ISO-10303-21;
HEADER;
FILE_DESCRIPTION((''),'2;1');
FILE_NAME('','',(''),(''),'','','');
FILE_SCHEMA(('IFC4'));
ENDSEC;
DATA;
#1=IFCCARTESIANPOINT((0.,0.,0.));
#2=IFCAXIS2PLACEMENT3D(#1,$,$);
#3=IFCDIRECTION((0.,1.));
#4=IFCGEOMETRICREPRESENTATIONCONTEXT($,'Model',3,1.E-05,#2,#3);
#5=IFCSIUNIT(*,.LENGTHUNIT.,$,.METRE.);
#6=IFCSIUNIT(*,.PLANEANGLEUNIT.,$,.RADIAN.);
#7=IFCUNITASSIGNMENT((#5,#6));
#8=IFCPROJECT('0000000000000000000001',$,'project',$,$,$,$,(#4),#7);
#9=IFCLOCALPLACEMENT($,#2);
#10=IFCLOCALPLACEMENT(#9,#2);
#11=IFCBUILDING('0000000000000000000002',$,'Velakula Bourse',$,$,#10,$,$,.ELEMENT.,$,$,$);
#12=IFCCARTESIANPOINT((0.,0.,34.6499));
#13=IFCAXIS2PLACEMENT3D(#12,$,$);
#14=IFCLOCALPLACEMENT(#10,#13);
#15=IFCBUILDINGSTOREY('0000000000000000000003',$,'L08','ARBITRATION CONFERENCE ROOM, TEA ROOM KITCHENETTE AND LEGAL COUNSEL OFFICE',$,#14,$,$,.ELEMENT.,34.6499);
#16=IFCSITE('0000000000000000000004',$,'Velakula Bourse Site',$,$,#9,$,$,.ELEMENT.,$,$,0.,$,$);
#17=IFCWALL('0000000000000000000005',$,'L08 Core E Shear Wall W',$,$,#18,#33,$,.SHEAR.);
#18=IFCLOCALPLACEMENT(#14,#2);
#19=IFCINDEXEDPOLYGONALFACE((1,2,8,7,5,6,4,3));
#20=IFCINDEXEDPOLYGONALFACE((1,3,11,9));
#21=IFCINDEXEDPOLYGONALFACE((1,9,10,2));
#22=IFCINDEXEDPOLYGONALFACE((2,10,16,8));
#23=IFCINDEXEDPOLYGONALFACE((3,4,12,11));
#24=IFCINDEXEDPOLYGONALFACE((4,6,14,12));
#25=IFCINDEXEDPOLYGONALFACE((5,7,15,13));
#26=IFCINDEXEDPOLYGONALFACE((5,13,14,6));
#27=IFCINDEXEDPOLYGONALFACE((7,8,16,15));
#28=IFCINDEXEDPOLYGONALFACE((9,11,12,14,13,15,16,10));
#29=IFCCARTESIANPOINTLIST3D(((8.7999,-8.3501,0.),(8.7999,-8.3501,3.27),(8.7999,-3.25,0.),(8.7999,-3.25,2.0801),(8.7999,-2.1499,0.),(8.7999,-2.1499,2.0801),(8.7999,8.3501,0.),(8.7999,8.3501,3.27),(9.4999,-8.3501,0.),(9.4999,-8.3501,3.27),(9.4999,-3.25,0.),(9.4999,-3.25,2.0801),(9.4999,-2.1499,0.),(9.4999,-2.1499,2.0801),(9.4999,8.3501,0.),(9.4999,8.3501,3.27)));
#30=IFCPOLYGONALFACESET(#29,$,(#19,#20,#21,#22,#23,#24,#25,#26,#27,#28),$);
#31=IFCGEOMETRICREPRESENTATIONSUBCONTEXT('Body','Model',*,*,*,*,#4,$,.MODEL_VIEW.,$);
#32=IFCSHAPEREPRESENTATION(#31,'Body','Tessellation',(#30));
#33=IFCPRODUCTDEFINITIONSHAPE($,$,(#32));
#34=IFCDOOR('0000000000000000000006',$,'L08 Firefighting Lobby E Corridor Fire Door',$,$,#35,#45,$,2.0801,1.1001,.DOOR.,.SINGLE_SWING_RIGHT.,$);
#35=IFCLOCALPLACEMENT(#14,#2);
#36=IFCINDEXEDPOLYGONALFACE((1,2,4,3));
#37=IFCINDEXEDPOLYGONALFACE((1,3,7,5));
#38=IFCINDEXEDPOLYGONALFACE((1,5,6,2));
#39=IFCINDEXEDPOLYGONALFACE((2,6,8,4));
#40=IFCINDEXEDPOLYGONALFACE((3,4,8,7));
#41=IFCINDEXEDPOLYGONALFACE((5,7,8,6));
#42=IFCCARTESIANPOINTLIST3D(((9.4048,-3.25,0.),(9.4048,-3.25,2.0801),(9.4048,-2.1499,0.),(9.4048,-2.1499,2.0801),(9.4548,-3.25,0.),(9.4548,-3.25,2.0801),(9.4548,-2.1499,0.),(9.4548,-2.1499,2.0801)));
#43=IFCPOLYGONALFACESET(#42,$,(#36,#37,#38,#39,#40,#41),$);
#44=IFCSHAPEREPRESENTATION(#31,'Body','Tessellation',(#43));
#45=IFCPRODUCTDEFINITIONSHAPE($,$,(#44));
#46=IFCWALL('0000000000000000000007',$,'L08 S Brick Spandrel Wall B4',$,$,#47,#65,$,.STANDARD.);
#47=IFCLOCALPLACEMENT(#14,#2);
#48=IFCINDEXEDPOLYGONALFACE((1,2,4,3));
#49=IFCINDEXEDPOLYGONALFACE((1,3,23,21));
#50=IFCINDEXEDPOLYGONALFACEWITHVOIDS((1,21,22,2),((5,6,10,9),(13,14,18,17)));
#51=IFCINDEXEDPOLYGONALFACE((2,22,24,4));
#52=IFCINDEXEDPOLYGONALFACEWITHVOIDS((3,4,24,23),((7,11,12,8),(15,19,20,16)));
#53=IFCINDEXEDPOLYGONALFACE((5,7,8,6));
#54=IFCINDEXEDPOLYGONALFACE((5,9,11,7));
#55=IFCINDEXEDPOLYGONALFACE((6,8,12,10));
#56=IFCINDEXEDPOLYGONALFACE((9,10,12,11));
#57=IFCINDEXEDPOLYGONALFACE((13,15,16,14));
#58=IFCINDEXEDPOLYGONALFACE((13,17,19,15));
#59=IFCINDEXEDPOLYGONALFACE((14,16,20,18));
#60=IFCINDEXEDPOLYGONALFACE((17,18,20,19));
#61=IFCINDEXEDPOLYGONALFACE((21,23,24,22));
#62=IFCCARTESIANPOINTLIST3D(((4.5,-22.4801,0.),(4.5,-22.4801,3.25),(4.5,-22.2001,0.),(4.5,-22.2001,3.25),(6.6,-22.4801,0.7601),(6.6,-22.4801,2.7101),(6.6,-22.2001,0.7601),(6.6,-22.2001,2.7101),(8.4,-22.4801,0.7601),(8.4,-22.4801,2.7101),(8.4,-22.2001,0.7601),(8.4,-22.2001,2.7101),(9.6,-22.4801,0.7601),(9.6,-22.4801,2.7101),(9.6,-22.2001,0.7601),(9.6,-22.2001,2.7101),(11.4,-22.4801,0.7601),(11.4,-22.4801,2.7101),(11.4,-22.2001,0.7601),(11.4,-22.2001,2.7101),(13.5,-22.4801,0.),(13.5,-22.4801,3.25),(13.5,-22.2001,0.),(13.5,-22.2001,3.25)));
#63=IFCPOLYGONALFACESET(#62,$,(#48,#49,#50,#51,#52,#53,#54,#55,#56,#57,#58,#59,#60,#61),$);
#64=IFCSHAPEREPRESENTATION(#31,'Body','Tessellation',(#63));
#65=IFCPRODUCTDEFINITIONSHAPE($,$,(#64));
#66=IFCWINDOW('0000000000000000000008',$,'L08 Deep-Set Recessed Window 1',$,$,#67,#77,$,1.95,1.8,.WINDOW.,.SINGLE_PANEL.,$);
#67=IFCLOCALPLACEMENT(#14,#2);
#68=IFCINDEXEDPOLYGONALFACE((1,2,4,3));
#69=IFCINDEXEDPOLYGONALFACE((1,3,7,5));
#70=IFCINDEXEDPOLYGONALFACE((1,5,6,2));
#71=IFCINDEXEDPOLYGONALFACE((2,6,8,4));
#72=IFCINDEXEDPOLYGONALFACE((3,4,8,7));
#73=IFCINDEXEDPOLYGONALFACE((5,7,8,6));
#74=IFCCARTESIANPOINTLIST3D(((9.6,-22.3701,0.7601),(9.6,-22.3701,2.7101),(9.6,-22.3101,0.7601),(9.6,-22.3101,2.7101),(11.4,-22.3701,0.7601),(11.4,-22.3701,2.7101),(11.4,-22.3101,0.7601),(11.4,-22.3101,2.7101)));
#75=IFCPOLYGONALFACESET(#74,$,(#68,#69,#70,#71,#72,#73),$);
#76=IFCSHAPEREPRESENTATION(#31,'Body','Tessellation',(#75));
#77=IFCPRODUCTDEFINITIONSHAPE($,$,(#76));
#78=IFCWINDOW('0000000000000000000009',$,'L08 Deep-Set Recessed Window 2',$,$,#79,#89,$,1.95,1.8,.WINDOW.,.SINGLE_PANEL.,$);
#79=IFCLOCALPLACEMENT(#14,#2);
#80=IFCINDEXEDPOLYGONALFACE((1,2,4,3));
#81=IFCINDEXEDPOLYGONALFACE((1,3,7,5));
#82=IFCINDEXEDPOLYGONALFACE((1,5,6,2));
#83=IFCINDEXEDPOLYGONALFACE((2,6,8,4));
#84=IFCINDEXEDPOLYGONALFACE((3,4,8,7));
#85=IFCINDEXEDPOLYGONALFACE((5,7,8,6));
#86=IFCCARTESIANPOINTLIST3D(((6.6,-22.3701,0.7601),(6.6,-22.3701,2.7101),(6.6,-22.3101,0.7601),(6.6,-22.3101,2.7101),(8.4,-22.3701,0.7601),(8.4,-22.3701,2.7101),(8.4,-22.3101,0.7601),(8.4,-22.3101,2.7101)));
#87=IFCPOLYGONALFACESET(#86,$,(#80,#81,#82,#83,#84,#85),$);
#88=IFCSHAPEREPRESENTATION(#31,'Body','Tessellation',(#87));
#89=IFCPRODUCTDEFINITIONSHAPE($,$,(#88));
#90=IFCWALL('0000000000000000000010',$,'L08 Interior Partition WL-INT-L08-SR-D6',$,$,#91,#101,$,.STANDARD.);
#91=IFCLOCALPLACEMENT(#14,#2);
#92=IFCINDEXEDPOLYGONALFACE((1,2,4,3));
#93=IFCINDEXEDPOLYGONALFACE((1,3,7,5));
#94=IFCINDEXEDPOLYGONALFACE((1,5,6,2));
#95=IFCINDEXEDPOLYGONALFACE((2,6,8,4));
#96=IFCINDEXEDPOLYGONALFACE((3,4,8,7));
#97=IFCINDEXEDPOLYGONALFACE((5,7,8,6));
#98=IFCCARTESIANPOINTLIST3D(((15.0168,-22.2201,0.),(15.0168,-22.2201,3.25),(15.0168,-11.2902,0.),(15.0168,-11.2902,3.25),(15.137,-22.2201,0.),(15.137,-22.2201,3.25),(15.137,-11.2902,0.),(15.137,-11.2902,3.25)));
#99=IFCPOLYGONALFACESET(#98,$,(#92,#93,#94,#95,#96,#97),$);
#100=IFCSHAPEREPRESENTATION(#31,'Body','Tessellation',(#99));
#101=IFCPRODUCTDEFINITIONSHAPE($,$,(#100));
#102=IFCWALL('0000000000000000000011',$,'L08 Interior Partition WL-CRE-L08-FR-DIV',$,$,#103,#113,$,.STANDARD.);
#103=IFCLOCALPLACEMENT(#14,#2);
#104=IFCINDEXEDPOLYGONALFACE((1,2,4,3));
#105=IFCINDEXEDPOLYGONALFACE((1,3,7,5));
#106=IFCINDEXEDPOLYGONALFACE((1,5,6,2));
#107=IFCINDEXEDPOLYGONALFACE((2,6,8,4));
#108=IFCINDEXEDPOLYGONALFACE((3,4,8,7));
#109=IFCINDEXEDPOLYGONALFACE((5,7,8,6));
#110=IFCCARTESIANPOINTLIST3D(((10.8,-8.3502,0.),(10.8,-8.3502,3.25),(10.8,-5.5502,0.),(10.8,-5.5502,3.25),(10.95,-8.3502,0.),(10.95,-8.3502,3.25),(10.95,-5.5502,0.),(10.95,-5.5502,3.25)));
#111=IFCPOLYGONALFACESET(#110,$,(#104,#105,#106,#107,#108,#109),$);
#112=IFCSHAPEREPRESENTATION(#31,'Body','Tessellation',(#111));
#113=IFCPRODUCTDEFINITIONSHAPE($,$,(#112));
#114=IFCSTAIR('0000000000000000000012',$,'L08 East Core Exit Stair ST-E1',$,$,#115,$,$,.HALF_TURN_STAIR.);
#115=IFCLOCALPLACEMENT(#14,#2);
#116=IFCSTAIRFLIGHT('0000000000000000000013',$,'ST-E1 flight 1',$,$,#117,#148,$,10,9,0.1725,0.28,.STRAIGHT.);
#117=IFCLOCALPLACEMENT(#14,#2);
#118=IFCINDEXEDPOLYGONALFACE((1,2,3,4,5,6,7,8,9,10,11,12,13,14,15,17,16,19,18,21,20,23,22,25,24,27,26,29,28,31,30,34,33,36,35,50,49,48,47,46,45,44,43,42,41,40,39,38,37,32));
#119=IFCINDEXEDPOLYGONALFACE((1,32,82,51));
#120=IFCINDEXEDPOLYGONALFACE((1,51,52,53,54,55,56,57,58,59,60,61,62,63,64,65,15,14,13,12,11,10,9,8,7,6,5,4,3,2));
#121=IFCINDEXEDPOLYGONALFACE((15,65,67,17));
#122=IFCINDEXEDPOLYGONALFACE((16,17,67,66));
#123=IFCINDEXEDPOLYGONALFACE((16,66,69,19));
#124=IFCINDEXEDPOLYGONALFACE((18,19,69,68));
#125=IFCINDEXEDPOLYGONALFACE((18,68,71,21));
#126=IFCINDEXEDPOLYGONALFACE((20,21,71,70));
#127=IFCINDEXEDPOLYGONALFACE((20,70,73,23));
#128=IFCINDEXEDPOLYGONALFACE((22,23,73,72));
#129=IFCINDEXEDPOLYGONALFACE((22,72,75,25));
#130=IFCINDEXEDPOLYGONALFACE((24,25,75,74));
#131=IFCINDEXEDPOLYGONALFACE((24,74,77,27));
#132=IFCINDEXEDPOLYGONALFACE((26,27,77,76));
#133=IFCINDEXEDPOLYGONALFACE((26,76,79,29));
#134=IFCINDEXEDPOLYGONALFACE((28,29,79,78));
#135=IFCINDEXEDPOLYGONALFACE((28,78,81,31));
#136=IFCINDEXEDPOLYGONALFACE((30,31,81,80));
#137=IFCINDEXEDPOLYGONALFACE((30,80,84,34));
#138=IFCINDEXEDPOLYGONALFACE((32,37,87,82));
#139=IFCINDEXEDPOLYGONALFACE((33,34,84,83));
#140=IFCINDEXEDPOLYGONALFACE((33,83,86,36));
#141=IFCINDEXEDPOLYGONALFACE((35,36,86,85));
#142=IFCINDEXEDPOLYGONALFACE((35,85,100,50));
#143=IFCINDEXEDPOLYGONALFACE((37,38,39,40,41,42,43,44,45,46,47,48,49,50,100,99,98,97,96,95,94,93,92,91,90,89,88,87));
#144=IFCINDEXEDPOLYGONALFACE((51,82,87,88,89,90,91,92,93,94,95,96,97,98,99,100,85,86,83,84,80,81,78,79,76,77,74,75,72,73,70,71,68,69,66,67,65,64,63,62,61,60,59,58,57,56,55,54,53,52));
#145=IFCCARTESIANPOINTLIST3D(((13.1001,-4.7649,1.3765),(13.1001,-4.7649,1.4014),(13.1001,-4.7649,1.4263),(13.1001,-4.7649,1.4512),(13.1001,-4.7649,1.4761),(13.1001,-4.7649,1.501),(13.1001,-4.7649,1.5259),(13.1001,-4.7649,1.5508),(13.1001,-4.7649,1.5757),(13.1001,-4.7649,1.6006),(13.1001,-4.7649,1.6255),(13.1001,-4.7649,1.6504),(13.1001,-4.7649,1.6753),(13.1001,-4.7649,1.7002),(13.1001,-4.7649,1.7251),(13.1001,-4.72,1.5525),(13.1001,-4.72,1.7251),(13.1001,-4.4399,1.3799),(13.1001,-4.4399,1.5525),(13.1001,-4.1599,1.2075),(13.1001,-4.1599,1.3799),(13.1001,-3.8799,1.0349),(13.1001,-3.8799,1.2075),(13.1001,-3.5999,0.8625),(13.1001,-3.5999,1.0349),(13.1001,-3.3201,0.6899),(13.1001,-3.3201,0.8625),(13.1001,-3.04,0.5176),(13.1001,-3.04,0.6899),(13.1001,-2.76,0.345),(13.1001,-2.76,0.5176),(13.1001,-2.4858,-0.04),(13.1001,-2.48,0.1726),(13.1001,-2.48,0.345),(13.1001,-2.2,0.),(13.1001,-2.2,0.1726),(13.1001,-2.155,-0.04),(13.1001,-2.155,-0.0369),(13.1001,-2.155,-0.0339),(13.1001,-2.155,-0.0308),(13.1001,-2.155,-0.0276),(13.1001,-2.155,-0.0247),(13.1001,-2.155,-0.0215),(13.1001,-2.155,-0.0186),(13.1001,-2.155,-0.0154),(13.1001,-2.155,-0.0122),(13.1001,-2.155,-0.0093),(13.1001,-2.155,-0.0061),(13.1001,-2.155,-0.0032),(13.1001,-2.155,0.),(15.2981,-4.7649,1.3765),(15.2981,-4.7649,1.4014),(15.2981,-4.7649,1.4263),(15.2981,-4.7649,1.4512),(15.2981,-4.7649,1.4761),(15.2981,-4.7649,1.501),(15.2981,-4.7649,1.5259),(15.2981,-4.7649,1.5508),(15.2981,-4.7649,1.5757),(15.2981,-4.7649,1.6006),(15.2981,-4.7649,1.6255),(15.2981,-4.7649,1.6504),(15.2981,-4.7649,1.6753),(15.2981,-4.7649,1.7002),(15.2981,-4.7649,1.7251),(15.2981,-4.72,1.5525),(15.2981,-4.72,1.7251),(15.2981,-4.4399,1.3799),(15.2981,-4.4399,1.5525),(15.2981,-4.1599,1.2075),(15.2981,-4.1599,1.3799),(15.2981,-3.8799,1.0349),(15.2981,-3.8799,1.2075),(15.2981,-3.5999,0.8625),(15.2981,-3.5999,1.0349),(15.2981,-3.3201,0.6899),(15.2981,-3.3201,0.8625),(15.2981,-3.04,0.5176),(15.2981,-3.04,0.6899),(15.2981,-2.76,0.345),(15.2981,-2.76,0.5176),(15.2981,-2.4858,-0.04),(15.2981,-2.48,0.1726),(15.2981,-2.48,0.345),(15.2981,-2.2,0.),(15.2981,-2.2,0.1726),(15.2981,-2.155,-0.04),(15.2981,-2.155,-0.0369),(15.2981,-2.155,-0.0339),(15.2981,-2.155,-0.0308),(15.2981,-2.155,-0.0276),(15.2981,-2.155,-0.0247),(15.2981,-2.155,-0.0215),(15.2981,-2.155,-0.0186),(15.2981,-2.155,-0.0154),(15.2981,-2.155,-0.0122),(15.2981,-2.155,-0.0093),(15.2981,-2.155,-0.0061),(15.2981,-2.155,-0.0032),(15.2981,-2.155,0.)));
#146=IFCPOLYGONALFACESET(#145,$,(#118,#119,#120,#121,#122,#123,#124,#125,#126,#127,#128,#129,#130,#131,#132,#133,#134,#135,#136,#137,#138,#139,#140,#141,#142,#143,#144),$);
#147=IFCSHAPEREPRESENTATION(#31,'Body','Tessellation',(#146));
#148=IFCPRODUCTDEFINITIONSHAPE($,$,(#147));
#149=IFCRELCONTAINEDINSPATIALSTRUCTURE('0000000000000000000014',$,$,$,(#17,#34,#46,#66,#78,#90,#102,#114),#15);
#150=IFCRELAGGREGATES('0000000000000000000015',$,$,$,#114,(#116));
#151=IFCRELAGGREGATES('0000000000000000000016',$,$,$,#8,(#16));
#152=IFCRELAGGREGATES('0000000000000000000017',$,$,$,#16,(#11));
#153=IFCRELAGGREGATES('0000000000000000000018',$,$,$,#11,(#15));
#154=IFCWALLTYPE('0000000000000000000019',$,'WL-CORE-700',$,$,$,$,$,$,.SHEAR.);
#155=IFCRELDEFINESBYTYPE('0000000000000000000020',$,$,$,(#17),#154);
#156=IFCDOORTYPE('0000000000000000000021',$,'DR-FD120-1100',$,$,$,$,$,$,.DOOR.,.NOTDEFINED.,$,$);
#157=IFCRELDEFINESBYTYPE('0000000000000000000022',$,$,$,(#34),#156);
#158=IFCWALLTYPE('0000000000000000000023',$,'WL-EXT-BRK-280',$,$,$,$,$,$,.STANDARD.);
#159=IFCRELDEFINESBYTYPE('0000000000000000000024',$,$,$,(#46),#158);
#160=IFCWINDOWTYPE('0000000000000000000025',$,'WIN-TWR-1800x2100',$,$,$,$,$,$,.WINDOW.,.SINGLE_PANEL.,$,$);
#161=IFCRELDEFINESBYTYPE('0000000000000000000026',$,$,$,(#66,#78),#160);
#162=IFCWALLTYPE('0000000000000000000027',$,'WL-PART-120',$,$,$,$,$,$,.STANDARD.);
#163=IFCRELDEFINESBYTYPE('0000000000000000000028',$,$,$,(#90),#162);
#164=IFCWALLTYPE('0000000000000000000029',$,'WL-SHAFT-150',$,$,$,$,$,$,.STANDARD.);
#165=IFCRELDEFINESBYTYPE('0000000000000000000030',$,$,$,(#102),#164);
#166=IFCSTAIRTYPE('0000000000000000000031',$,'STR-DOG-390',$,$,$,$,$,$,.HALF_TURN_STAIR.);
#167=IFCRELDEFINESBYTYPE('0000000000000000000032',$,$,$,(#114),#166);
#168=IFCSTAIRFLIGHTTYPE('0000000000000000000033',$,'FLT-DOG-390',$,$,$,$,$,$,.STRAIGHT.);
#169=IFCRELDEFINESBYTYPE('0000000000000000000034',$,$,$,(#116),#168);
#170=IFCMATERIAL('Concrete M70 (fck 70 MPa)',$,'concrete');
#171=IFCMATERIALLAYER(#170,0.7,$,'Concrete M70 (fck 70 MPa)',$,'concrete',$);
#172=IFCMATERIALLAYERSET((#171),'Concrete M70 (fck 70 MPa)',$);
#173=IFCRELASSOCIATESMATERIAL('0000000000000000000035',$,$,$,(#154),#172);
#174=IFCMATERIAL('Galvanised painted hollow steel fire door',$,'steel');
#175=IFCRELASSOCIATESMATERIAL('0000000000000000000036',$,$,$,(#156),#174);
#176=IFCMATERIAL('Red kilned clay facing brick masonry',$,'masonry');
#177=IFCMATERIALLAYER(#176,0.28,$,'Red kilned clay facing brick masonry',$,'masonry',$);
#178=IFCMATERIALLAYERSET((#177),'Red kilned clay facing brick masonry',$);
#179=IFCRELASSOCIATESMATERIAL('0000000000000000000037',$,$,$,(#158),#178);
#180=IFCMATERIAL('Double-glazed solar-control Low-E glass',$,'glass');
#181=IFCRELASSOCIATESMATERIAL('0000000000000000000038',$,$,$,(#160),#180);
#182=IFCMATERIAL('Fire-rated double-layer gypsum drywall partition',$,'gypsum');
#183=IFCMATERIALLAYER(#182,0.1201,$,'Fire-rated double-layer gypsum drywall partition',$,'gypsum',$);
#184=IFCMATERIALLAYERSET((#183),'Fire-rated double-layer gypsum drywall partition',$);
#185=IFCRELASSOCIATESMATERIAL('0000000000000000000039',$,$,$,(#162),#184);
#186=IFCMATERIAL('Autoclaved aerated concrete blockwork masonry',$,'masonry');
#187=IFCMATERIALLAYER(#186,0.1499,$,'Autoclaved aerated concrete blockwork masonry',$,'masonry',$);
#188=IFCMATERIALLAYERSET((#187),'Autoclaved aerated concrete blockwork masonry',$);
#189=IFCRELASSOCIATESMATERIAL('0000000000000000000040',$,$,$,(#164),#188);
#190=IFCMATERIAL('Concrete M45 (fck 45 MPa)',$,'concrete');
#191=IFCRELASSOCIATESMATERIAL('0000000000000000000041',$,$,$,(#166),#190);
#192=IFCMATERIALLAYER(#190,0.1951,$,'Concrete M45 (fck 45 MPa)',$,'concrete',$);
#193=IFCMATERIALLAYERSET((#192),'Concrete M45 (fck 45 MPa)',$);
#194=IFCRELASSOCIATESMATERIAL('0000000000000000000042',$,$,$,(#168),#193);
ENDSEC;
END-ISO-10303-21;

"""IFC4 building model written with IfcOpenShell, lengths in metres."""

from ifc_helpers import new_model, si_unit, direction, frame, frame_2d, origin, place, context, subcontext, project, spatial, polyline, rectangle, outline, extrude, material, layer, layer_set, type_object, element, fill, aggregate, save


model = new_model("IFC4")

# Units and contexts
model_context = context("Model", 3, precision=1e-05, world=origin(), true_north=direction((0.0, 1.0)))
body_context = subcontext(model_context, "Body", "Model", "MODEL_VIEW")
ifc_project = project(units=[si_unit("LENGTHUNIT", "METRE"), si_unit("PLANEANGLEUNIT", "RADIAN")], contexts=[model_context])

# Site, building, storey
site_placement = place(None, origin())
site = spatial("IfcSite", under=ifc_project, at=site_placement, Name="Velakula Bourse Site", CompositionType="ELEMENT", RefElevation=0.0)
building_placement = place(site_placement, origin())
building = spatial("IfcBuilding", under=site, at=building_placement, Name="Velakula Bourse", CompositionType="ELEMENT")
storey_placement = place(building_placement, frame((0.0, 0.0, 34.6499)))
storey = spatial("IfcBuildingStorey", under=building, at=storey_placement, Name="L08", Description="ARBITRATION CONFERENCE ROOM, TEA ROOM KITCHENETTE AND LEGAL COUNSEL OFFICE", CompositionType="ELEMENT", Elevation=34.6499)

# Shared definitions
ifc_material_1 = material(Name="Galvanised painted hollow steel fire door", Category="steel")

# Wall, opening, door
ifc_material_2 = material(Name="Concrete M70 (fck 70 MPa)", Category="concrete")
ifc_layer_1 = layer(ifc_material_2, 0.7, Name="Concrete M70 (fck 70 MPa)", Category="concrete")
ifc_layer_set_1 = layer_set([ifc_layer_1], Name="Concrete M70 (fck 70 MPa)")
wall_type_1 = type_object("IfcWallType", Name="WL-CORE-700", PredefinedType="SHEAR", material=ifc_layer_set_1)
wall_1_placement = place(storey_placement, frame((9.1499, -8.3501, 0.0), z_axis=(0.0, 0.0, 1.0), x_axis=(0.0, 1.0, 0.0)))
wall_1 = element("IfcWall", 1, at=wall_1_placement, inside=storey, type_object=wall_type_1, Name="L08 Core E Shear Wall W", PredefinedType="SHEAR", context=body_context, shape_type="SweptSolid", body=[
    extrude(rectangle(XDim=16.7002, YDim=0.7, at=frame_2d((8.3501, 0.0))), origin(), (0.0, 0.0, 1.0), 3.27),
])
opening_1_placement = place(wall_1_placement, frame((5.1001, 0.0, 0.0)))
opening_1 = element("IfcOpeningElement", 2, at=opening_1_placement, cuts=wall_1, PredefinedType="OPENING", context=body_context, shape_type="SweptSolid", body=[
    extrude(rectangle(XDim=1.1001, YDim=2.0801, at=frame_2d((0.55, 1.04))), frame((0.0, 0.3599, 0.0), z_axis=(0.0, -1.0, 0.0), x_axis=(1.0, 0.0, 0.0)), (0.0, 0.0, 1.0), 0.72),
])
door_type_1 = type_object("IfcDoorType", Name="DR-FD120-1100", OperationType="NOTDEFINED", PredefinedType="DOOR", material=ifc_material_1)
door_1_placement = place(opening_1_placement, origin())
door_1 = element("IfcDoor", 3, at=door_1_placement, inside=storey, type_object=door_type_1, Name="L08 Firefighting Lobby E Corridor Fire Door", OperationType="SINGLE_SWING_RIGHT", OverallHeight=2.0801, OverallWidth=1.1001, PredefinedType="DOOR", context=body_context, shape_type="SweptSolid", body=[
    extrude(rectangle(XDim=1.1001, YDim=2.0801, at=frame_2d((0.55, 1.04))), frame((0.0, -0.2549, 0.0), z_axis=(0.0, -1.0, 0.0), x_axis=(1.0, 0.0, 0.0)), (0.0, 0.0, 1.0), 0.05),
])
fill(opening_1, door_1)

# Wall, openings, windows
ifc_material_3 = material(Name="Red kilned clay facing brick masonry", Category="masonry")
ifc_layer_2 = layer(ifc_material_3, 0.28, Name="Red kilned clay facing brick masonry", Category="masonry")
ifc_layer_set_2 = layer_set([ifc_layer_2], Name="Red kilned clay facing brick masonry")
wall_type_2 = type_object("IfcWallType", Name="WL-EXT-BRK-280", PredefinedType="STANDARD", material=ifc_layer_set_2)
wall_2_placement = place(storey_placement, frame((13.5, -22.3401, 0.0), z_axis=(0.0, 0.0, 1.0), x_axis=(-1.0, 0.0, 0.0)))
wall_2 = element("IfcWall", 4, at=wall_2_placement, inside=storey, type_object=wall_type_2, Name="L08 S Brick Spandrel Wall B4", PredefinedType="STANDARD", context=body_context, shape_type="SweptSolid", body=[
    extrude(rectangle(XDim=9.0, YDim=0.28, at=frame_2d((4.5, 0.0))), origin(), (0.0, 0.0, 1.0), 3.25),
])
opening_2_placement = place(wall_2_placement, frame((2.1001, 0.0, 0.76)))
opening_2 = element("IfcOpeningElement", 5, at=opening_2_placement, cuts=wall_2, PredefinedType="OPENING", context=body_context, shape_type="SweptSolid", body=[
    extrude(rectangle(XDim=1.8, YDim=1.95, at=frame_2d((0.8999, 0.9751))), frame((0.0, 0.1499, 0.0), z_axis=(0.0, -1.0, 0.0), x_axis=(1.0, 0.0, 0.0)), (0.0, 0.0, 1.0), 0.3),
])
opening_3_placement = place(wall_2_placement, frame((5.1001, 0.0, 0.76)))
opening_3 = element("IfcOpeningElement", 6, at=opening_3_placement, cuts=wall_2, PredefinedType="OPENING", context=body_context, shape_type="SweptSolid", body=[
    extrude(rectangle(XDim=1.8, YDim=1.95, at=frame_2d((0.8999, 0.9751))), frame((0.0, 0.1499, 0.0), z_axis=(0.0, -1.0, 0.0), x_axis=(1.0, 0.0, 0.0)), (0.0, 0.0, 1.0), 0.3),
])
ifc_material_4 = material(Name="Double-glazed solar-control Low-E glass", Category="glass")
window_type = type_object("IfcWindowType", Name="WIN-TWR-1800x2100", PartitioningType="SINGLE_PANEL", PredefinedType="WINDOW", material=ifc_material_4)
window_1_placement = place(opening_2_placement, origin())
window_1 = element("IfcWindow", 7, at=window_1_placement, inside=storey, type_object=window_type, Name="L08 Deep-Set Recessed Window 1", OverallHeight=1.95, OverallWidth=1.8, PartitioningType="SINGLE_PANEL", PredefinedType="WINDOW", context=body_context, shape_type="SweptSolid", body=[
    extrude(rectangle(XDim=1.8, YDim=1.95, at=frame_2d((0.8999, 0.9751))), frame((0.0, 0.03, 0.0), z_axis=(0.0, -1.0, 0.0), x_axis=(1.0, 0.0, 0.0)), (0.0, 0.0, 1.0), 0.0601),
])
fill(opening_2, window_1)
window_2_placement = place(opening_3_placement, origin())
window_2 = element("IfcWindow", 8, at=window_2_placement, inside=storey, type_object=window_type, Name="L08 Deep-Set Recessed Window 2", OverallHeight=1.95, OverallWidth=1.8, PartitioningType="SINGLE_PANEL", PredefinedType="WINDOW", context=body_context, shape_type="SweptSolid", body=[
    extrude(rectangle(XDim=1.8, YDim=1.95, at=frame_2d((0.8999, 0.9751))), frame((0.0, 0.03, 0.0), z_axis=(0.0, -1.0, 0.0), x_axis=(1.0, 0.0, 0.0)), (0.0, 0.0, 1.0), 0.0601),
])
fill(opening_3, window_2)

# Wall
ifc_material_5 = material(Name="Fire-rated double-layer gypsum drywall partition", Category="gypsum")
ifc_layer_3 = layer(ifc_material_5, 0.1201, Name="Fire-rated double-layer gypsum drywall partition", Category="gypsum")
ifc_layer_set_3 = layer_set([ifc_layer_3], Name="Fire-rated double-layer gypsum drywall partition")
wall_type_3 = type_object("IfcWallType", Name="WL-PART-120", PredefinedType="STANDARD", material=ifc_layer_set_3)
wall_3_placement = place(storey_placement, frame((15.0769, -22.22, 0.0), z_axis=(0.0, 0.0, 1.0), x_axis=(0.0, 1.0, 0.0)))
element("IfcWall", 9, at=wall_3_placement, inside=storey, type_object=wall_type_3, Name="L08 Interior Partition WL-INT-L08-SR-D6", PredefinedType="STANDARD", context=body_context, shape_type="SweptSolid", body=[
    extrude(rectangle(XDim=10.9299, YDim=0.1201, at=frame_2d((5.4648, 0.0))), origin(), (0.0, 0.0, 1.0), 3.25),
])

# Shared definitions
ifc_material_6 = material(Name="Autoclaved aerated concrete blockwork masonry", Category="masonry")
ifc_layer_4 = layer(ifc_material_6, 0.1499, Name="Autoclaved aerated concrete blockwork masonry", Category="masonry")
ifc_layer_set_4 = layer_set([ifc_layer_4], Name="Autoclaved aerated concrete blockwork masonry")
wall_type_4 = type_object("IfcWallType", Name="WL-SHAFT-150", PredefinedType="STANDARD", material=ifc_layer_set_4)

# Wall
wall_4_placement = place(storey_placement, frame((10.875, -8.3501, 0.0), z_axis=(0.0, 0.0, 1.0), x_axis=(0.0, 1.0, 0.0)))
element("IfcWall", 10, at=wall_4_placement, inside=storey, type_object=wall_type_4, Name="L08 Interior Partition WL-CRE-L08-FR-DIV", PredefinedType="STANDARD", context=body_context, shape_type="SweptSolid", body=[
    extrude(rectangle(XDim=2.8, YDim=0.1499, at=frame_2d((1.3999, 0.0))), origin(), (0.0, 0.0, 1.0), 3.25),
])

# Stair, stair flight
ifc_material_7 = material(Name="Concrete M45 (fck 45 MPa)", Category="concrete")
stair_type = type_object("IfcStairType", Name="STR-DOG-390", PredefinedType="HALF_TURN_STAIR", material=ifc_material_7)
stair_placement = place(storey_placement, origin())
stair = element("IfcStair", 11, at=stair_placement, inside=storey, type_object=stair_type, Name="L08 East Core Exit Stair ST-E1", PredefinedType="HALF_TURN_STAIR")
ifc_layer_5 = layer(ifc_material_7, 0.1951, Name="Concrete M45 (fck 45 MPa)", Category="concrete")
ifc_layer_set_5 = layer_set([ifc_layer_5], Name="Concrete M45 (fck 45 MPa)")
stair_flight_type = type_object("IfcStairFlightType", Name="FLT-DOG-390", PredefinedType="STRAIGHT", material=ifc_layer_set_5)
stair_flight_1_placement = place(storey_placement, frame((14.199, -2.2, 0.0), z_axis=(0.0, 0.0, 1.0), x_axis=(0.0, -1.0, 0.0)))
stair_flight_1 = element("IfcStairFlight", 12, at=stair_flight_1_placement, type_object=stair_flight_type, Name="ST-E1 flight 1", NumberOfRisers=10, NumberOfTreads=9, PredefinedType="STRAIGHT", RiserHeight=0.1725, TreadLength=0.28, context=body_context, shape_type="SweptSolid", body=[
    extrude(outline(polyline([(-0.0449, -0.04), (-0.0449, -0.0369), (-0.0449, -0.0339), (-0.0449, -0.0308), (-0.0449, -0.0276), (-0.0449, -0.0247), (-0.0449, -0.0215), (-0.0449, -0.0186), (-0.0449, -0.0154), (-0.0449, -0.0122), (-0.0449, -0.0093), (-0.0449, -0.0061), (-0.0449, -0.0032), (-0.0449, 0.0), (0.0, 0.0), (0.0, 0.1726), (0.28, 0.1726), (0.28, 0.345), (0.5601, 0.345), (0.5601, 0.5176), (0.8401, 0.5176), (0.8401, 0.6899), (1.1201, 0.6899), (1.1201, 0.8625), (1.3999, 0.8625), (1.3999, 1.0349), (1.6799, 1.0349), (1.6799, 1.2075), (1.96, 1.2075), (1.96, 1.3799), (2.24, 1.3799), (2.24, 1.5525), (2.52, 1.5525), (2.52, 1.7251), (2.5649, 1.7251), (2.5649, 1.7002), (2.5649, 1.6753), (2.5649, 1.6504), (2.5649, 1.6255), (2.5649, 1.6006), (2.5649, 1.5757), (2.5649, 1.5508), (2.5649, 1.5259), (2.5649, 1.501), (2.5649, 1.4761), (2.5649, 1.4512), (2.5649, 1.4263), (2.5649, 1.4014), (2.5649, 1.3765), (0.2859, -0.04), (-0.0449, -0.04)])), frame((0.0, 1.0991, 0.0), z_axis=(0.0, -1.0, 0.0), x_axis=(1.0, 0.0, 0.0)), (0.0, 0.0, 1.0), 2.198),
])
aggregate(stair, [stair_flight_1])

save(model, "model.ifc")
